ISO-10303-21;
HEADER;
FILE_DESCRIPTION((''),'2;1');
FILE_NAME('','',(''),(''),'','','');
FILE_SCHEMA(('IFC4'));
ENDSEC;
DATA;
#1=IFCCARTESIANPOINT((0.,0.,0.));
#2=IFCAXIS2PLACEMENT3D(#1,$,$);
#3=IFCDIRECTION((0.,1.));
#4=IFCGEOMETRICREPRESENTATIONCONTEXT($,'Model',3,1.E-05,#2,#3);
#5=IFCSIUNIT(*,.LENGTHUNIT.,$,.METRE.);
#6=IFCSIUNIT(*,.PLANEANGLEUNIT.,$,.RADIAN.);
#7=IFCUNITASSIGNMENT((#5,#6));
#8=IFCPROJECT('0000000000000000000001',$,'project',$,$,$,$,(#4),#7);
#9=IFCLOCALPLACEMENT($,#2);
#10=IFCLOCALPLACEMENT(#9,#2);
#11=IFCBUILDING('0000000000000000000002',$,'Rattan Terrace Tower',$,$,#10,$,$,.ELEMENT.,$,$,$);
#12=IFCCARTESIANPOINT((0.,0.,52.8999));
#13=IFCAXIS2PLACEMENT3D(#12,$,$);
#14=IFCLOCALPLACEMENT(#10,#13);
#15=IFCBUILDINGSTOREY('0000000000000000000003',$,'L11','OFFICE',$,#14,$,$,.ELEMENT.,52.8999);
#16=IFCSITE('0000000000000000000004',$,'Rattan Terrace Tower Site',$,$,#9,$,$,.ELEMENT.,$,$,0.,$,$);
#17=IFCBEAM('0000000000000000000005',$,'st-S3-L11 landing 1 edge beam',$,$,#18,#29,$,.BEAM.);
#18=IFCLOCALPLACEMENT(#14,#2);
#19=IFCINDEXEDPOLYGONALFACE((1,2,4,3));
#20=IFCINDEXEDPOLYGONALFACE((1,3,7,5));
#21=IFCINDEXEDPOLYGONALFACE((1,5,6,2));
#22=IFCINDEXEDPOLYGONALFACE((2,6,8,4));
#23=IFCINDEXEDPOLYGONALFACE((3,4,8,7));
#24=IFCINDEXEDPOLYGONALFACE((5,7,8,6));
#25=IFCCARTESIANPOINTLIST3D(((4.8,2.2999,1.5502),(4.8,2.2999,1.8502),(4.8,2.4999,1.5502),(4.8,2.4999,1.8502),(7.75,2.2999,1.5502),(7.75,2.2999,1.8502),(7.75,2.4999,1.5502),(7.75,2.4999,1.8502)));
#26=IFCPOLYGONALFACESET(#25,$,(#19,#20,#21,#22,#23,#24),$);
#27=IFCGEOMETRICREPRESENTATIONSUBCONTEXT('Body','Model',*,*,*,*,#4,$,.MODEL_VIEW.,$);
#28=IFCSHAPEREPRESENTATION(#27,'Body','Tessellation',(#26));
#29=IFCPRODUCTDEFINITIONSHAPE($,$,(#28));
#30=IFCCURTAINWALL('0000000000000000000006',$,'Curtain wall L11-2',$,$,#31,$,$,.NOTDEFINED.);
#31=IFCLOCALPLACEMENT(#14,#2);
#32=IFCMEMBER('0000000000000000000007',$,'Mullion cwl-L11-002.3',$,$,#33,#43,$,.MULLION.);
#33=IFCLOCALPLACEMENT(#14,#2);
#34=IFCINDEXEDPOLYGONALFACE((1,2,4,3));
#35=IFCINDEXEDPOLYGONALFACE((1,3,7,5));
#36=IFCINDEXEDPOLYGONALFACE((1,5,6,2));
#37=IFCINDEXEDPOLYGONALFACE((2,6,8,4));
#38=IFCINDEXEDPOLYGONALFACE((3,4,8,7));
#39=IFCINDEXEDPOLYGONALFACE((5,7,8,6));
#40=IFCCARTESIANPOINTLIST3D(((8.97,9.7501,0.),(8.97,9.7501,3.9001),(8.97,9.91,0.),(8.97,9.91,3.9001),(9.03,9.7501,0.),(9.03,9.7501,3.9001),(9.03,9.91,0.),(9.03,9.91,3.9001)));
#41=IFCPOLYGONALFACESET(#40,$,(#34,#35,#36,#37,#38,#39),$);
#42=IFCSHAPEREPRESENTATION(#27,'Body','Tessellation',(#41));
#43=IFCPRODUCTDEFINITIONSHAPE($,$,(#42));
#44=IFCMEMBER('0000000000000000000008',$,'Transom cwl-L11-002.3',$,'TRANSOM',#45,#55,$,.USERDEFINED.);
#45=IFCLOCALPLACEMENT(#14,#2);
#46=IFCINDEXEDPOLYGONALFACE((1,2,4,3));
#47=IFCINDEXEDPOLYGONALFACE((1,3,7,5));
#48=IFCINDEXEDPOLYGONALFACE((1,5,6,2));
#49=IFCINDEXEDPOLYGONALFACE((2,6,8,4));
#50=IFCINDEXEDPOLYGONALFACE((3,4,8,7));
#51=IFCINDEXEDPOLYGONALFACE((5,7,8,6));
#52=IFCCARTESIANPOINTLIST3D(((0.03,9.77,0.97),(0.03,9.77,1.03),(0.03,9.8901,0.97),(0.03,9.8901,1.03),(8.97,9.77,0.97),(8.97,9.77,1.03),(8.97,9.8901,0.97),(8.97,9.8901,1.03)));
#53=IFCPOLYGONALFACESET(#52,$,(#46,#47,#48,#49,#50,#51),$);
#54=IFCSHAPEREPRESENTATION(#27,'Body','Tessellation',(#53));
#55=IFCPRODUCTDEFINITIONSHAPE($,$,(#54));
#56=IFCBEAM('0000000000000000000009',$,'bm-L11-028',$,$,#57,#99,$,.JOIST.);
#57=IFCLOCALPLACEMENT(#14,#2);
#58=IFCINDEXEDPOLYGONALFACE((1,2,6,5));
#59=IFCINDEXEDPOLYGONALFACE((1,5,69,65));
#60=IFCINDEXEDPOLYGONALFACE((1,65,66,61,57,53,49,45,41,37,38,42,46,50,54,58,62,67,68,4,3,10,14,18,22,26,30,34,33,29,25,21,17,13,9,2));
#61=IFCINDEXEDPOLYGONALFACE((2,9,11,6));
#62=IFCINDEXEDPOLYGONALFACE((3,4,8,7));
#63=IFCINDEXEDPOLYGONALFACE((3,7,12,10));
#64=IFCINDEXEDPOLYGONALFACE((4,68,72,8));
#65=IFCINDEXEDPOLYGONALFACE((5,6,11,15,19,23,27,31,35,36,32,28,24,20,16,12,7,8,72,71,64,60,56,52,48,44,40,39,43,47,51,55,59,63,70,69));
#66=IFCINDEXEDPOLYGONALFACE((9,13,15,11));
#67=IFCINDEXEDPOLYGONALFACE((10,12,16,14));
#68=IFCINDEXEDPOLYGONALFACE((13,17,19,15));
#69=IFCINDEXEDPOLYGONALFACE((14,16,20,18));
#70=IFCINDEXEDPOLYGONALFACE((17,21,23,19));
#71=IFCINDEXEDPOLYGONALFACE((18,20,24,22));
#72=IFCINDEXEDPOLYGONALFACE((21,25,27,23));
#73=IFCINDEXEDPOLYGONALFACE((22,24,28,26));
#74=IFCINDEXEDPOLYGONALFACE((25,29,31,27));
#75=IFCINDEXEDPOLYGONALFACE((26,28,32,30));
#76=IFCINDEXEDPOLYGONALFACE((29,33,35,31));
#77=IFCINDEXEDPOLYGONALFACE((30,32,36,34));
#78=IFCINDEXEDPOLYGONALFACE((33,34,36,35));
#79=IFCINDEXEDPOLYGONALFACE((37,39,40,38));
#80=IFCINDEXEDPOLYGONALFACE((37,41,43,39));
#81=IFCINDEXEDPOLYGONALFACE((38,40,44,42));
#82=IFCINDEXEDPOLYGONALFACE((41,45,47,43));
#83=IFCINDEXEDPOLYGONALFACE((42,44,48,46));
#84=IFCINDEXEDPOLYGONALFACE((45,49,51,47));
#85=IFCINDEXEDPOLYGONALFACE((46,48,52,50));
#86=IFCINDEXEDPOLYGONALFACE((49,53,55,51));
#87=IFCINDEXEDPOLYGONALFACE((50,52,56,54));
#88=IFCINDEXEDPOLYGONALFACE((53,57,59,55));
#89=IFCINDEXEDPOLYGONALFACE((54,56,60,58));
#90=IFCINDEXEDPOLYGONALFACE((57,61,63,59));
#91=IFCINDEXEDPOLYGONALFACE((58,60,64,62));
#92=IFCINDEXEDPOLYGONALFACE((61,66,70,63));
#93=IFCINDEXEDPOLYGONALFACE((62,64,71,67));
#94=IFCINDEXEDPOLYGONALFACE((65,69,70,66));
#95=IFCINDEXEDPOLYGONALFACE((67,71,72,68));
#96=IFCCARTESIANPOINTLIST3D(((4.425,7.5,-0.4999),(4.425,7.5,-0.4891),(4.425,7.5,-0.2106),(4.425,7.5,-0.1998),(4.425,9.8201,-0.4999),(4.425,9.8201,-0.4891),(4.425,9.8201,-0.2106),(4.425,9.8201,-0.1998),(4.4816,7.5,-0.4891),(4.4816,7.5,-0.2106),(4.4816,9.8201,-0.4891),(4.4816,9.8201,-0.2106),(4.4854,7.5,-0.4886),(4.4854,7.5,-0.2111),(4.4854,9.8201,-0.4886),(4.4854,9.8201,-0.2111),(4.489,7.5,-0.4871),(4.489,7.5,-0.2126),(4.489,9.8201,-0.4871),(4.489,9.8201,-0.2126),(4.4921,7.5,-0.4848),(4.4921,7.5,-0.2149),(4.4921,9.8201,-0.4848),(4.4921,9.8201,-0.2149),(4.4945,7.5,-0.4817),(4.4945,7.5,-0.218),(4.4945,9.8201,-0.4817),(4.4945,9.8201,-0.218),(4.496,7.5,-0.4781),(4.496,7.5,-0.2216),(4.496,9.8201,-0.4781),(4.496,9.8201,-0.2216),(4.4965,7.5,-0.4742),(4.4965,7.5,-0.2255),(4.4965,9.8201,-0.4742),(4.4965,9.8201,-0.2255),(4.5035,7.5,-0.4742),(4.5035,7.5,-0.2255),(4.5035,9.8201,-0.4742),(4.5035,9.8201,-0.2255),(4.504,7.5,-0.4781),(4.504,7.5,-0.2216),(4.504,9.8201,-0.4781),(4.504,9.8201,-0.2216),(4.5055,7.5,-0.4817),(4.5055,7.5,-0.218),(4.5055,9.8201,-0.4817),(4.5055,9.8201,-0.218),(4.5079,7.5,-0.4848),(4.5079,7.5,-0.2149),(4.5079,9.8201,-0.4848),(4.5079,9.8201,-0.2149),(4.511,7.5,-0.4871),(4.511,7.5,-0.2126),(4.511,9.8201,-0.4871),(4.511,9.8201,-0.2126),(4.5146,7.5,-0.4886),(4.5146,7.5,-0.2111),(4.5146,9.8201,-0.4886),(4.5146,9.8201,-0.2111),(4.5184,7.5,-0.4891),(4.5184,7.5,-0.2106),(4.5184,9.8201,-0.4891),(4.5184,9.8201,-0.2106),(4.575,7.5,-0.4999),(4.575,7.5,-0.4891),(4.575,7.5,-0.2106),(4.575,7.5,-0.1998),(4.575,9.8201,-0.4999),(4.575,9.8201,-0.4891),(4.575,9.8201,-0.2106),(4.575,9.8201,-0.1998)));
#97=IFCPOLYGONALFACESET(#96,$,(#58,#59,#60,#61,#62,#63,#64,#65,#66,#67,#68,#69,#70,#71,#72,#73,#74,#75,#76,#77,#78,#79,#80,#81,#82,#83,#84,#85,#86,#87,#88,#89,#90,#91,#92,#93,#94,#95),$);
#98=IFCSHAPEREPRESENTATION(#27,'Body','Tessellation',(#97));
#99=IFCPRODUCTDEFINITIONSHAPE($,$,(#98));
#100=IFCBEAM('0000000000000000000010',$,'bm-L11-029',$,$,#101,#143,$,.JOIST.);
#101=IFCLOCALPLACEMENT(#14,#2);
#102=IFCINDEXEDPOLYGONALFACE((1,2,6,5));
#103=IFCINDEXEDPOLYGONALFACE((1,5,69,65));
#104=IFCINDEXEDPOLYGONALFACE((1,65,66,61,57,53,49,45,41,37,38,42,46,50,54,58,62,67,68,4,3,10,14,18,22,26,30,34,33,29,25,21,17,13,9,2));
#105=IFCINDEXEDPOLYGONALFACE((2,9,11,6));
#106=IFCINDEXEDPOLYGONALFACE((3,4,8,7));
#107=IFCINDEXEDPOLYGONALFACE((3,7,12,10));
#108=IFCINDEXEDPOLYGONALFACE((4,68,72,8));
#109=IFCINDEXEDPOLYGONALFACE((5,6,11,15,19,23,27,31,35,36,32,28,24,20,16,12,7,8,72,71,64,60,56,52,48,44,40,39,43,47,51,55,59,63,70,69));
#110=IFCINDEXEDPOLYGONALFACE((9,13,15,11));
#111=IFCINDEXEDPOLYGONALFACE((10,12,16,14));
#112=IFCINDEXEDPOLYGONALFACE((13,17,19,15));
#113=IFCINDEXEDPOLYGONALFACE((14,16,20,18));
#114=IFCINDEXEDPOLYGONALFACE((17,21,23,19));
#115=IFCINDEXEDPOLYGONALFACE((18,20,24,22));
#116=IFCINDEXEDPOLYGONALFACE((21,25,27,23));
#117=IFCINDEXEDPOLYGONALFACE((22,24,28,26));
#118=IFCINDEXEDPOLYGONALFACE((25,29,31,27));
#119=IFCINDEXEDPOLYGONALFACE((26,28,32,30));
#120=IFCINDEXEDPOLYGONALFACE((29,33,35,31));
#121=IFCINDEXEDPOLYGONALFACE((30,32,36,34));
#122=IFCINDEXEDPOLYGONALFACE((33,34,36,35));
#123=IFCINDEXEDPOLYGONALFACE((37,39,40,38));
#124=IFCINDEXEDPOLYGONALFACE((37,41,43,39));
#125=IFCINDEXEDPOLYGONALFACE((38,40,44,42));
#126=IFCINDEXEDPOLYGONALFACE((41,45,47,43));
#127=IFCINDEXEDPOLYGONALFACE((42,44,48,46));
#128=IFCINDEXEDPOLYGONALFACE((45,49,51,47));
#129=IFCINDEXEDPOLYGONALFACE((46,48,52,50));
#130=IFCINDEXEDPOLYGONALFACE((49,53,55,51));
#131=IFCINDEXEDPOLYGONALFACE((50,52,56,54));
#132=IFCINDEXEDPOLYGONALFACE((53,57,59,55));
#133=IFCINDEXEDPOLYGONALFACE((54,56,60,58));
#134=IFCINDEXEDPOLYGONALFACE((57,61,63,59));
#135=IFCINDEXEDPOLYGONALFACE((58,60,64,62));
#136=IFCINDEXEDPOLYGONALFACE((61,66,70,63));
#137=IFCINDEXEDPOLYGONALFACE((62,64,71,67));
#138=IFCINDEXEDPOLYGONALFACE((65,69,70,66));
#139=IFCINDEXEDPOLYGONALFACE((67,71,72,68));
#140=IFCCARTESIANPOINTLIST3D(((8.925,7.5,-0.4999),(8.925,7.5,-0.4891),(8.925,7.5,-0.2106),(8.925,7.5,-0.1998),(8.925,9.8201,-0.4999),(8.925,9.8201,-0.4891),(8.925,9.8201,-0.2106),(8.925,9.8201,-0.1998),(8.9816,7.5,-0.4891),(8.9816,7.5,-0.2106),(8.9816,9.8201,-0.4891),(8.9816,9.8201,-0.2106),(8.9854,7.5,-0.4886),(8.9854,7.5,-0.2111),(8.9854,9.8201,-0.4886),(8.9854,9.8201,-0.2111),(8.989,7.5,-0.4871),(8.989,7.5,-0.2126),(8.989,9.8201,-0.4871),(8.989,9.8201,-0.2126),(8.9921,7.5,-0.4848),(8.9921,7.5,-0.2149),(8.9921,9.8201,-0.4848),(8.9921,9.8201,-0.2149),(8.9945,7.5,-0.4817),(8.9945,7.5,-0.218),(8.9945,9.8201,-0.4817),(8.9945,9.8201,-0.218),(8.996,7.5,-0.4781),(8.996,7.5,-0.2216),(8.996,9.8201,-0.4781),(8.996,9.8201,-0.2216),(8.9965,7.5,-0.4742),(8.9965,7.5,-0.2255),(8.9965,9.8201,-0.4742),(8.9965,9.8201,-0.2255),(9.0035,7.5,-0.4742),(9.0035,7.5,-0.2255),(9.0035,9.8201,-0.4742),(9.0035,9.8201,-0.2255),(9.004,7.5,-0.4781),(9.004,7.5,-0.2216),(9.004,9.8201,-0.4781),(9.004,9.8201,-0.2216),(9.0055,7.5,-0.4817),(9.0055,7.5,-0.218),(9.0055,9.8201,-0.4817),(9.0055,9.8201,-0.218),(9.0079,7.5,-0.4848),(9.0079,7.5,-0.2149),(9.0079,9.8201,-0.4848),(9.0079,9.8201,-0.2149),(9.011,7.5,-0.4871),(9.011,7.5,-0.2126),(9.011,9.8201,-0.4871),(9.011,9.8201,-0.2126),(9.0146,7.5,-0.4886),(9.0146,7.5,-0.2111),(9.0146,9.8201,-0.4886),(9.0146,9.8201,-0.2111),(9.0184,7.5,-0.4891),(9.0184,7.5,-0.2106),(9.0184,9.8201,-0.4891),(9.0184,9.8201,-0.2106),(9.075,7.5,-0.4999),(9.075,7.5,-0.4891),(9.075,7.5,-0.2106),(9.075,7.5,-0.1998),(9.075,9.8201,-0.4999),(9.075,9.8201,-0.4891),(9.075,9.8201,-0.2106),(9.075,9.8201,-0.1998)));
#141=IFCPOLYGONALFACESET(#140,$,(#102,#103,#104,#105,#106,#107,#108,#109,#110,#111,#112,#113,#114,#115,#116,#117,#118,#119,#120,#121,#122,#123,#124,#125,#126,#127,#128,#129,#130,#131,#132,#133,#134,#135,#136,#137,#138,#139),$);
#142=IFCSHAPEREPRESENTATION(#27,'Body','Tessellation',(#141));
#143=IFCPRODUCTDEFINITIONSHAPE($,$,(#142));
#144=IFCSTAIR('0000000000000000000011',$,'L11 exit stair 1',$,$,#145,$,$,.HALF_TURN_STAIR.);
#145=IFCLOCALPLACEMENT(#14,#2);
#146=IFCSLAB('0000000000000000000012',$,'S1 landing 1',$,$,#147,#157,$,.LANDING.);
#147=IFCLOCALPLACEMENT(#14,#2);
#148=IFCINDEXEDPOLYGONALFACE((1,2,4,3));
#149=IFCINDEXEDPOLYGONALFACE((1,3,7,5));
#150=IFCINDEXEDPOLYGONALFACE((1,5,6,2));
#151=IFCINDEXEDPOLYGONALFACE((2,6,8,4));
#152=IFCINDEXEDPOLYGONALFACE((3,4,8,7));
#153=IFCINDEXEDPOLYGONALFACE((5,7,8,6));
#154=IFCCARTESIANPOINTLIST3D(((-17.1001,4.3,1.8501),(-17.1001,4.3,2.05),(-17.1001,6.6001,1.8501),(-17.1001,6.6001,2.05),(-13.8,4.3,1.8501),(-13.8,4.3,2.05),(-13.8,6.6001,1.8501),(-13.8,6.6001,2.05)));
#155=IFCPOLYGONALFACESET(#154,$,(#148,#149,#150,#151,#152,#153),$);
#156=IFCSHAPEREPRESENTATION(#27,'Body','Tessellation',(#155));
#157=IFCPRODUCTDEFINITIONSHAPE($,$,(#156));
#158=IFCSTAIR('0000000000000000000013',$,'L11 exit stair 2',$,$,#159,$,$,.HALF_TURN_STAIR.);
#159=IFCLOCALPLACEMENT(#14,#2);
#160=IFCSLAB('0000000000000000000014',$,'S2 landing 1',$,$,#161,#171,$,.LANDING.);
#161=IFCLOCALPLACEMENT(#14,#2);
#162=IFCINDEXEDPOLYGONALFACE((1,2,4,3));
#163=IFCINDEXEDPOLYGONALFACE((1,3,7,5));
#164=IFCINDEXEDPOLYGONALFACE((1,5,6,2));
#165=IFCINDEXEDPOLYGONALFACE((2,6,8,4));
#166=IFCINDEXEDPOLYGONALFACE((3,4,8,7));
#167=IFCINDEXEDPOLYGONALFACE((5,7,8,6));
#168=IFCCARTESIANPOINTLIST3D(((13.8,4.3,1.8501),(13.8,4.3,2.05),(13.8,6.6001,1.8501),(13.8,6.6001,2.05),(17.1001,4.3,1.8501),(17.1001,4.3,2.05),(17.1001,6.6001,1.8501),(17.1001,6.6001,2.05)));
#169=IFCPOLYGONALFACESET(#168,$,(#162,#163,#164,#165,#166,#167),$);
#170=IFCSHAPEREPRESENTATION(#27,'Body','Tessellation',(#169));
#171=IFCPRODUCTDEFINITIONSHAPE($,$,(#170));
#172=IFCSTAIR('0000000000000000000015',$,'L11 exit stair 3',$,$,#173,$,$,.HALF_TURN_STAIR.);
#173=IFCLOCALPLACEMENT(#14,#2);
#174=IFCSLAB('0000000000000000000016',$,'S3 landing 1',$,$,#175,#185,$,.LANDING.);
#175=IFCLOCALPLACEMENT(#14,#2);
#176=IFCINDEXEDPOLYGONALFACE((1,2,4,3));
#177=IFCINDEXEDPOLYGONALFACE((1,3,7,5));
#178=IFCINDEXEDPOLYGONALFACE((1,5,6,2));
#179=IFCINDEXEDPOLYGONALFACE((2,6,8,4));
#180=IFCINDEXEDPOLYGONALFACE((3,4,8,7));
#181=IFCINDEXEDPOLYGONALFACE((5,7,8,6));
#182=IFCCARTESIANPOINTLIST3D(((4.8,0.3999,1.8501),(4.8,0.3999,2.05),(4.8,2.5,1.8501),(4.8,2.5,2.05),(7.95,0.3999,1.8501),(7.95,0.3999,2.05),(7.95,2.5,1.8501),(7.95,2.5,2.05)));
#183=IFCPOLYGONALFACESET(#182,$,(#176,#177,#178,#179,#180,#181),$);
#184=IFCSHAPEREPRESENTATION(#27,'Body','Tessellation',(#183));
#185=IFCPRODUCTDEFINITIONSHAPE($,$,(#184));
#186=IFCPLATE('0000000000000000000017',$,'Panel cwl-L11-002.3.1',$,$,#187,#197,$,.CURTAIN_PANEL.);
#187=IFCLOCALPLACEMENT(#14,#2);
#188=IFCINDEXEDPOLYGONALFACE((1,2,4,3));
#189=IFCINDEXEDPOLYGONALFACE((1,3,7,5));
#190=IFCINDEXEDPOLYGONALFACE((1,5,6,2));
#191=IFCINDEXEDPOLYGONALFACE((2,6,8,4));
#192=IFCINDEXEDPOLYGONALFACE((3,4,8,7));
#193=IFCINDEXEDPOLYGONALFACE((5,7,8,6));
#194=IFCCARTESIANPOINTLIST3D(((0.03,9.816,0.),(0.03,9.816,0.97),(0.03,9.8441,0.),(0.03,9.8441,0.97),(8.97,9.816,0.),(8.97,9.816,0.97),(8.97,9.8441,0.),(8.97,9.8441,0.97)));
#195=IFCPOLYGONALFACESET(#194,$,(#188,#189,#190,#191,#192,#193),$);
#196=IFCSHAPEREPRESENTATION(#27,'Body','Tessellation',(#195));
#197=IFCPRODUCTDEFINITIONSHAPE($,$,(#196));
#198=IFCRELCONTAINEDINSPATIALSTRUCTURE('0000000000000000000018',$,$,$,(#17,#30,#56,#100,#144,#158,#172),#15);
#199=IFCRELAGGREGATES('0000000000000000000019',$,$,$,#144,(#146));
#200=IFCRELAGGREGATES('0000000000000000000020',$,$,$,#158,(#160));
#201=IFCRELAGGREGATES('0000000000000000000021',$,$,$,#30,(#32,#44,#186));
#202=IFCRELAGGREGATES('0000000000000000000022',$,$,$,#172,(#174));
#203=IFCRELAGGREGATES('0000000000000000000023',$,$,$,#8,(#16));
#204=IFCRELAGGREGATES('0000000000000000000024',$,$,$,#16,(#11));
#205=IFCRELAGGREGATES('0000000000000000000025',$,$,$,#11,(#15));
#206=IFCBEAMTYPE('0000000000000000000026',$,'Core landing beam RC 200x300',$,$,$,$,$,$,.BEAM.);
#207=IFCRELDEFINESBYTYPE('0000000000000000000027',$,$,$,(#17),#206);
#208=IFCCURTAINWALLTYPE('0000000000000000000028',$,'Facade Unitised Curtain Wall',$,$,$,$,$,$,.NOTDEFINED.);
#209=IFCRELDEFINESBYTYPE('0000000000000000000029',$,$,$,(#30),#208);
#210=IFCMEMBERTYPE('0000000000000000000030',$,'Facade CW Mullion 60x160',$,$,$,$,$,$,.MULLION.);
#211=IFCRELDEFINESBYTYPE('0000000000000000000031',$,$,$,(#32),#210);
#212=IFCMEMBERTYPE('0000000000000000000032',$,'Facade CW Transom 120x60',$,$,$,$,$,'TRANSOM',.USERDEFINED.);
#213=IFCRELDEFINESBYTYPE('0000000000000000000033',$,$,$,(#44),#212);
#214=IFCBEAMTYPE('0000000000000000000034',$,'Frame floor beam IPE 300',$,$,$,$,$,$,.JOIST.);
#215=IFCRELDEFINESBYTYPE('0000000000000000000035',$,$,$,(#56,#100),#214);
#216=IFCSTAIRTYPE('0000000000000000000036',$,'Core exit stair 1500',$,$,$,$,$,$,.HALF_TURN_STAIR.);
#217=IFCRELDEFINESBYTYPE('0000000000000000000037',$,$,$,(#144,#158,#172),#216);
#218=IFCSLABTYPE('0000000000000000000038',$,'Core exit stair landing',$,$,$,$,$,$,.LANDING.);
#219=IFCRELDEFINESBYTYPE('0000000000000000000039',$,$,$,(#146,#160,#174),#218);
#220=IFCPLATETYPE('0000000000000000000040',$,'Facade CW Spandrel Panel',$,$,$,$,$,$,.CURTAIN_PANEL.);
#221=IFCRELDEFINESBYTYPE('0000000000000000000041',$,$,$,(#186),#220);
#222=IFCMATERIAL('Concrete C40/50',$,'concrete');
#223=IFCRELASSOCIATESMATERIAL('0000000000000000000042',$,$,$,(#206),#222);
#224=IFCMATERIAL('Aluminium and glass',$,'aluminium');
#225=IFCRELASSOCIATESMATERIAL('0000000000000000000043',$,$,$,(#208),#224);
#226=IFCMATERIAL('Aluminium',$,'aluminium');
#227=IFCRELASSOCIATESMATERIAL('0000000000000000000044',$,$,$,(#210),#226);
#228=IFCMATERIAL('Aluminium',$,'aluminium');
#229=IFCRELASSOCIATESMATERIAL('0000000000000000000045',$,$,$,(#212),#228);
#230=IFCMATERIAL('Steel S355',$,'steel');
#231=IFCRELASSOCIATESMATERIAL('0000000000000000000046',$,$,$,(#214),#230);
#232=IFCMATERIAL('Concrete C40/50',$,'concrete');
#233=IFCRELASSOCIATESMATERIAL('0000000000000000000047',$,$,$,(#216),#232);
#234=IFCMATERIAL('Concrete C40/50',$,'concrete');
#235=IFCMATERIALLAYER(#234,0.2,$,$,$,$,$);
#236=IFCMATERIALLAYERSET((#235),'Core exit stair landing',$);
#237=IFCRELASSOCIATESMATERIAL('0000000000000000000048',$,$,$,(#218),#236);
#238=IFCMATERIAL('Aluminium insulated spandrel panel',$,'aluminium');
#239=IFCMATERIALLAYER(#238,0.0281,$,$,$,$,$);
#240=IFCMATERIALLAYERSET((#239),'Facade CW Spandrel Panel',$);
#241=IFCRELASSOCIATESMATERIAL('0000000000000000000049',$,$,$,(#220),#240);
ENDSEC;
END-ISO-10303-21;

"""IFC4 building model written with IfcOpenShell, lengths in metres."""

from ifc_helpers import new_model, si_unit, direction, frame, origin, origin_2d, place, context, subcontext, project, spatial, polyline, rectangle, i_section, outline, extrude, material, layer, layer_set, material_profile, profile_set, type_object, element, aggregate, save


model = new_model("IFC4")

# Units and contexts
model_context = context("Model", 3, precision=1e-05, world=origin(), true_north=direction((0.0, 1.0)))
body_context = subcontext(model_context, "Body", "Model", "MODEL_VIEW")
ifc_project = project(units=[si_unit("LENGTHUNIT", "METRE"), si_unit("PLANEANGLEUNIT", "RADIAN")], contexts=[model_context])

# Site, building, storey
site_placement = place(None, origin())
site = spatial("IfcSite", under=ifc_project, at=site_placement, Name="Rattan Terrace Tower Site", CompositionType="ELEMENT", RefElevation=0.0)
building_placement = place(site_placement, origin())
building = spatial("IfcBuilding", under=site, at=building_placement, Name="Rattan Terrace Tower", CompositionType="ELEMENT")
storey_placement = place(building_placement, frame((0.0, 0.0, 52.8999)))
storey = spatial("IfcBuildingStorey", under=building, at=storey_placement, Name="L11", Description="OFFICE", CompositionType="ELEMENT", Elevation=52.8999)

# Beam
ifc_material_1 = material(Name="Concrete C40/50", Category="concrete")
ifc_material_profile_1 = material_profile(ifc_material_1, rectangle(XDim=0.2, YDim=0.3, at=origin_2d()), Name="RC 200x300")
ifc_profile_set_1 = profile_set([ifc_material_profile_1], Name="Concrete C40/50")
beam_type_1 = type_object("IfcBeamType", Name="Core landing beam RC 200x300", PredefinedType="BEAM", material=ifc_profile_set_1)
beam_placement = place(storey_placement, frame((4.8, 2.3999, 1.7002), z_axis=(1.0, 0.0, 0.0), x_axis=(0.0, 1.0, 0.0)))
element("IfcBeam", 1, at=beam_placement, inside=storey, type_object=beam_type_1, Name="st-S3-L11 landing 1 edge beam", PredefinedType="BEAM", context=body_context, shape_type="SweptSolid", body=[
    extrude(rectangle(XDim=0.2, YDim=0.3, at=origin_2d()), origin(), (0.0, 0.0, 1.0), 2.95),
])

# Curtain wall, members
ifc_material_2 = material(Name="Aluminium and glass", Category="aluminium")
curtain_wall_type = type_object("IfcCurtainWallType", Name="Facade Unitised Curtain Wall", PredefinedType="NOTDEFINED", material=ifc_material_2)
curtain_wall_placement = place(storey_placement, origin())
curtain_wall = element("IfcCurtainWall", 2, at=curtain_wall_placement, inside=storey, type_object=curtain_wall_type, Name="Curtain wall L11-2", PredefinedType="NOTDEFINED")
ifc_material_3 = material(Name="Aluminium", Category="aluminium")
ifc_material_profile_2 = material_profile(ifc_material_3, rectangle(XDim=0.0601, YDim=0.1599, at=origin_2d()), Name="Aluminium 60x160")
ifc_profile_set_2 = profile_set([ifc_material_profile_2], Name="Aluminium")
member_type_1 = type_object("IfcMemberType", Name="Facade CW Mullion 60x160", PredefinedType="MULLION", material=ifc_profile_set_2)
member_1_placement = place(storey_placement, frame((9.0, 9.8301, 0.0), z_axis=(0.0, 0.0, 1.0), x_axis=(-1.0, 0.0, 0.0)))
member_1 = element("IfcMember", 3, at=member_1_placement, type_object=member_type_1, Name="Mullion cwl-L11-002.3", PredefinedType="MULLION", context=body_context, shape_type="SweptSolid", body=[
    extrude(rectangle(XDim=0.0601, YDim=0.1599, at=origin_2d()), origin(), (0.0, 0.0, 1.0), 3.9001),
])
ifc_material_4 = material(Name="Aluminium", Category="aluminium")
ifc_material_profile_3 = material_profile(ifc_material_4, rectangle(XDim=0.1201, YDim=0.0601, at=origin_2d()), Name="Aluminium 120x60")
ifc_profile_set_3 = profile_set([ifc_material_profile_3], Name="Aluminium")
member_type_2 = type_object("IfcMemberType", Name="Facade CW Transom 120x60", ElementType="TRANSOM", PredefinedType="USERDEFINED", material=ifc_profile_set_3)
member_2_placement = place(storey_placement, frame((8.97, 9.8301, 1.0), z_axis=(-1.0, 0.0, 0.0), x_axis=(0.0, -1.0, 0.0)))
member_2 = element("IfcMember", 4, at=member_2_placement, type_object=member_type_2, Name="Transom cwl-L11-002.3", ObjectType="TRANSOM", PredefinedType="USERDEFINED", context=body_context, shape_type="SweptSolid", body=[
    extrude(rectangle(XDim=0.1201, YDim=0.0601, at=origin_2d()), origin(), (0.0, 0.0, 1.0), 8.9399),
])

# Beams
ifc_material_5 = material(Name="Steel S355", Category="steel")
ifc_material_profile_4 = material_profile(ifc_material_5, i_section(OverallWidth=0.1499, OverallDepth=0.3, WebThickness=0.0071, FlangeThickness=0.0107, FilletRadius=0.0149, at=origin_2d()), Name="IPE 300")
ifc_profile_set_4 = profile_set([ifc_material_profile_4], Name="Steel S355")
beam_type_2 = type_object("IfcBeamType", Name="Frame floor beam IPE 300", PredefinedType="JOIST", material=ifc_profile_set_4)
for number, where, z_axis, x_axis, name in (
    (5, (4.5, 7.5, -0.3499), (0.0, 1.0, 0.0), (-1.0, 0.0, 0.0), "bm-L11-028"),
    (6, (9.0, 7.5, -0.3499), (0.0, 1.0, 0.0), (-1.0, 0.0, 0.0), "bm-L11-029"),
):
    element("IfcBeam", number, at=place(storey_placement, frame(where, z_axis=z_axis, x_axis=x_axis)), inside=storey, type_object=beam_type_2, Name=name, PredefinedType="JOIST", context=body_context, shape_type="SweptSolid", body=[
        extrude(i_section(OverallWidth=0.1499, OverallDepth=0.3, WebThickness=0.0071, FlangeThickness=0.0107, FilletRadius=0.0149, at=origin_2d()), origin(), (0.0, 0.0, 1.0), 2.3201),
    ])

# Stairs, slabs
ifc_material_6 = material(Name="Concrete C40/50", Category="concrete")
stair_type = type_object("IfcStairType", Name="Core exit stair 1500", PredefinedType="HALF_TURN_STAIR", material=ifc_material_6)
stair_1_placement = place(storey_placement, origin())
stair_1 = element("IfcStair", 7, at=stair_1_placement, inside=storey, type_object=stair_type, Name="L11 exit stair 1", PredefinedType="HALF_TURN_STAIR")
ifc_material_7 = material(Name="Concrete C40/50", Category="concrete")
ifc_layer_1 = layer(ifc_material_7, 0.2)
ifc_layer_set_1 = layer_set([ifc_layer_1], Name="Core exit stair landing")
slab_type = type_object("IfcSlabType", Name="Core exit stair landing", PredefinedType="LANDING", material=ifc_layer_set_1)
slab_1_placement = place(storey_placement, frame((0.0, 0.0, 1.8501)))
slab_1 = element("IfcSlab", 8, at=slab_1_placement, type_object=slab_type, Name="S1 landing 1", PredefinedType="LANDING", context=body_context, shape_type="SweptSolid", body=[
    extrude(outline(polyline([(-13.8, 4.3), (-13.8, 6.6001), (-17.1001, 6.6001), (-17.1001, 4.3), (-13.8, 4.3)])), origin(), (0.0, 0.0, 1.0), 0.2),
])
aggregate(stair_1, [slab_1])
stair_2_placement = place(storey_placement, origin())
stair_2 = element("IfcStair", 9, at=stair_2_placement, inside=storey, type_object=stair_type, Name="L11 exit stair 2", PredefinedType="HALF_TURN_STAIR")
slab_2_placement = place(storey_placement, frame((0.0, 0.0, 1.8501)))
slab_2 = element("IfcSlab", 10, at=slab_2_placement, type_object=slab_type, Name="S2 landing 1", PredefinedType="LANDING", context=body_context, shape_type="SweptSolid", body=[
    extrude(outline(polyline([(17.1001, 4.3), (17.1001, 6.6001), (13.8, 6.6001), (13.8, 4.3), (17.1001, 4.3)])), origin(), (0.0, 0.0, 1.0), 0.2),
])
aggregate(stair_2, [slab_2])
stair_3_placement = place(storey_placement, origin())
stair_3 = element("IfcStair", 11, at=stair_3_placement, inside=storey, type_object=stair_type, Name="L11 exit stair 3", PredefinedType="HALF_TURN_STAIR")
slab_3_placement = place(storey_placement, frame((0.0, 0.0, 1.8501)))
slab_3 = element("IfcSlab", 12, at=slab_3_placement, type_object=slab_type, Name="S3 landing 1", PredefinedType="LANDING", context=body_context, shape_type="SweptSolid", body=[
    extrude(outline(polyline([(4.8, 2.5), (4.8, 0.3999), (7.95, 0.3999), (7.95, 2.5), (4.8, 2.5)])), origin(), (0.0, 0.0, 1.0), 0.2),
])

# Plate
ifc_material_8 = material(Name="Aluminium insulated spandrel panel", Category="aluminium")
ifc_layer_2 = layer(ifc_material_8, 0.0281)
ifc_layer_set_2 = layer_set([ifc_layer_2], Name="Facade CW Spandrel Panel")
plate_type_1 = type_object("IfcPlateType", Name="Facade CW Spandrel Panel", PredefinedType="CURTAIN_PANEL", material=ifc_layer_set_2)
plate_1_placement = place(storey_placement, frame((4.5, 9.8301, 0.0), z_axis=(0.0, 0.0, 1.0), x_axis=(-1.0, 0.0, 0.0)))
plate_1 = element("IfcPlate", 13, at=plate_1_placement, type_object=plate_type_1, Name="Panel cwl-L11-002.3.1", PredefinedType="CURTAIN_PANEL", context=body_context, shape_type="SweptSolid", body=[
    extrude(rectangle(XDim=8.9399, YDim=0.0281, at=origin_2d()), origin(), (0.0, 0.0, 1.0), 0.97),
])
aggregate(curtain_wall, [member_1, member_2, plate_1])

aggregate(stair_3, [slab_3])

save(model, "model.ifc")
